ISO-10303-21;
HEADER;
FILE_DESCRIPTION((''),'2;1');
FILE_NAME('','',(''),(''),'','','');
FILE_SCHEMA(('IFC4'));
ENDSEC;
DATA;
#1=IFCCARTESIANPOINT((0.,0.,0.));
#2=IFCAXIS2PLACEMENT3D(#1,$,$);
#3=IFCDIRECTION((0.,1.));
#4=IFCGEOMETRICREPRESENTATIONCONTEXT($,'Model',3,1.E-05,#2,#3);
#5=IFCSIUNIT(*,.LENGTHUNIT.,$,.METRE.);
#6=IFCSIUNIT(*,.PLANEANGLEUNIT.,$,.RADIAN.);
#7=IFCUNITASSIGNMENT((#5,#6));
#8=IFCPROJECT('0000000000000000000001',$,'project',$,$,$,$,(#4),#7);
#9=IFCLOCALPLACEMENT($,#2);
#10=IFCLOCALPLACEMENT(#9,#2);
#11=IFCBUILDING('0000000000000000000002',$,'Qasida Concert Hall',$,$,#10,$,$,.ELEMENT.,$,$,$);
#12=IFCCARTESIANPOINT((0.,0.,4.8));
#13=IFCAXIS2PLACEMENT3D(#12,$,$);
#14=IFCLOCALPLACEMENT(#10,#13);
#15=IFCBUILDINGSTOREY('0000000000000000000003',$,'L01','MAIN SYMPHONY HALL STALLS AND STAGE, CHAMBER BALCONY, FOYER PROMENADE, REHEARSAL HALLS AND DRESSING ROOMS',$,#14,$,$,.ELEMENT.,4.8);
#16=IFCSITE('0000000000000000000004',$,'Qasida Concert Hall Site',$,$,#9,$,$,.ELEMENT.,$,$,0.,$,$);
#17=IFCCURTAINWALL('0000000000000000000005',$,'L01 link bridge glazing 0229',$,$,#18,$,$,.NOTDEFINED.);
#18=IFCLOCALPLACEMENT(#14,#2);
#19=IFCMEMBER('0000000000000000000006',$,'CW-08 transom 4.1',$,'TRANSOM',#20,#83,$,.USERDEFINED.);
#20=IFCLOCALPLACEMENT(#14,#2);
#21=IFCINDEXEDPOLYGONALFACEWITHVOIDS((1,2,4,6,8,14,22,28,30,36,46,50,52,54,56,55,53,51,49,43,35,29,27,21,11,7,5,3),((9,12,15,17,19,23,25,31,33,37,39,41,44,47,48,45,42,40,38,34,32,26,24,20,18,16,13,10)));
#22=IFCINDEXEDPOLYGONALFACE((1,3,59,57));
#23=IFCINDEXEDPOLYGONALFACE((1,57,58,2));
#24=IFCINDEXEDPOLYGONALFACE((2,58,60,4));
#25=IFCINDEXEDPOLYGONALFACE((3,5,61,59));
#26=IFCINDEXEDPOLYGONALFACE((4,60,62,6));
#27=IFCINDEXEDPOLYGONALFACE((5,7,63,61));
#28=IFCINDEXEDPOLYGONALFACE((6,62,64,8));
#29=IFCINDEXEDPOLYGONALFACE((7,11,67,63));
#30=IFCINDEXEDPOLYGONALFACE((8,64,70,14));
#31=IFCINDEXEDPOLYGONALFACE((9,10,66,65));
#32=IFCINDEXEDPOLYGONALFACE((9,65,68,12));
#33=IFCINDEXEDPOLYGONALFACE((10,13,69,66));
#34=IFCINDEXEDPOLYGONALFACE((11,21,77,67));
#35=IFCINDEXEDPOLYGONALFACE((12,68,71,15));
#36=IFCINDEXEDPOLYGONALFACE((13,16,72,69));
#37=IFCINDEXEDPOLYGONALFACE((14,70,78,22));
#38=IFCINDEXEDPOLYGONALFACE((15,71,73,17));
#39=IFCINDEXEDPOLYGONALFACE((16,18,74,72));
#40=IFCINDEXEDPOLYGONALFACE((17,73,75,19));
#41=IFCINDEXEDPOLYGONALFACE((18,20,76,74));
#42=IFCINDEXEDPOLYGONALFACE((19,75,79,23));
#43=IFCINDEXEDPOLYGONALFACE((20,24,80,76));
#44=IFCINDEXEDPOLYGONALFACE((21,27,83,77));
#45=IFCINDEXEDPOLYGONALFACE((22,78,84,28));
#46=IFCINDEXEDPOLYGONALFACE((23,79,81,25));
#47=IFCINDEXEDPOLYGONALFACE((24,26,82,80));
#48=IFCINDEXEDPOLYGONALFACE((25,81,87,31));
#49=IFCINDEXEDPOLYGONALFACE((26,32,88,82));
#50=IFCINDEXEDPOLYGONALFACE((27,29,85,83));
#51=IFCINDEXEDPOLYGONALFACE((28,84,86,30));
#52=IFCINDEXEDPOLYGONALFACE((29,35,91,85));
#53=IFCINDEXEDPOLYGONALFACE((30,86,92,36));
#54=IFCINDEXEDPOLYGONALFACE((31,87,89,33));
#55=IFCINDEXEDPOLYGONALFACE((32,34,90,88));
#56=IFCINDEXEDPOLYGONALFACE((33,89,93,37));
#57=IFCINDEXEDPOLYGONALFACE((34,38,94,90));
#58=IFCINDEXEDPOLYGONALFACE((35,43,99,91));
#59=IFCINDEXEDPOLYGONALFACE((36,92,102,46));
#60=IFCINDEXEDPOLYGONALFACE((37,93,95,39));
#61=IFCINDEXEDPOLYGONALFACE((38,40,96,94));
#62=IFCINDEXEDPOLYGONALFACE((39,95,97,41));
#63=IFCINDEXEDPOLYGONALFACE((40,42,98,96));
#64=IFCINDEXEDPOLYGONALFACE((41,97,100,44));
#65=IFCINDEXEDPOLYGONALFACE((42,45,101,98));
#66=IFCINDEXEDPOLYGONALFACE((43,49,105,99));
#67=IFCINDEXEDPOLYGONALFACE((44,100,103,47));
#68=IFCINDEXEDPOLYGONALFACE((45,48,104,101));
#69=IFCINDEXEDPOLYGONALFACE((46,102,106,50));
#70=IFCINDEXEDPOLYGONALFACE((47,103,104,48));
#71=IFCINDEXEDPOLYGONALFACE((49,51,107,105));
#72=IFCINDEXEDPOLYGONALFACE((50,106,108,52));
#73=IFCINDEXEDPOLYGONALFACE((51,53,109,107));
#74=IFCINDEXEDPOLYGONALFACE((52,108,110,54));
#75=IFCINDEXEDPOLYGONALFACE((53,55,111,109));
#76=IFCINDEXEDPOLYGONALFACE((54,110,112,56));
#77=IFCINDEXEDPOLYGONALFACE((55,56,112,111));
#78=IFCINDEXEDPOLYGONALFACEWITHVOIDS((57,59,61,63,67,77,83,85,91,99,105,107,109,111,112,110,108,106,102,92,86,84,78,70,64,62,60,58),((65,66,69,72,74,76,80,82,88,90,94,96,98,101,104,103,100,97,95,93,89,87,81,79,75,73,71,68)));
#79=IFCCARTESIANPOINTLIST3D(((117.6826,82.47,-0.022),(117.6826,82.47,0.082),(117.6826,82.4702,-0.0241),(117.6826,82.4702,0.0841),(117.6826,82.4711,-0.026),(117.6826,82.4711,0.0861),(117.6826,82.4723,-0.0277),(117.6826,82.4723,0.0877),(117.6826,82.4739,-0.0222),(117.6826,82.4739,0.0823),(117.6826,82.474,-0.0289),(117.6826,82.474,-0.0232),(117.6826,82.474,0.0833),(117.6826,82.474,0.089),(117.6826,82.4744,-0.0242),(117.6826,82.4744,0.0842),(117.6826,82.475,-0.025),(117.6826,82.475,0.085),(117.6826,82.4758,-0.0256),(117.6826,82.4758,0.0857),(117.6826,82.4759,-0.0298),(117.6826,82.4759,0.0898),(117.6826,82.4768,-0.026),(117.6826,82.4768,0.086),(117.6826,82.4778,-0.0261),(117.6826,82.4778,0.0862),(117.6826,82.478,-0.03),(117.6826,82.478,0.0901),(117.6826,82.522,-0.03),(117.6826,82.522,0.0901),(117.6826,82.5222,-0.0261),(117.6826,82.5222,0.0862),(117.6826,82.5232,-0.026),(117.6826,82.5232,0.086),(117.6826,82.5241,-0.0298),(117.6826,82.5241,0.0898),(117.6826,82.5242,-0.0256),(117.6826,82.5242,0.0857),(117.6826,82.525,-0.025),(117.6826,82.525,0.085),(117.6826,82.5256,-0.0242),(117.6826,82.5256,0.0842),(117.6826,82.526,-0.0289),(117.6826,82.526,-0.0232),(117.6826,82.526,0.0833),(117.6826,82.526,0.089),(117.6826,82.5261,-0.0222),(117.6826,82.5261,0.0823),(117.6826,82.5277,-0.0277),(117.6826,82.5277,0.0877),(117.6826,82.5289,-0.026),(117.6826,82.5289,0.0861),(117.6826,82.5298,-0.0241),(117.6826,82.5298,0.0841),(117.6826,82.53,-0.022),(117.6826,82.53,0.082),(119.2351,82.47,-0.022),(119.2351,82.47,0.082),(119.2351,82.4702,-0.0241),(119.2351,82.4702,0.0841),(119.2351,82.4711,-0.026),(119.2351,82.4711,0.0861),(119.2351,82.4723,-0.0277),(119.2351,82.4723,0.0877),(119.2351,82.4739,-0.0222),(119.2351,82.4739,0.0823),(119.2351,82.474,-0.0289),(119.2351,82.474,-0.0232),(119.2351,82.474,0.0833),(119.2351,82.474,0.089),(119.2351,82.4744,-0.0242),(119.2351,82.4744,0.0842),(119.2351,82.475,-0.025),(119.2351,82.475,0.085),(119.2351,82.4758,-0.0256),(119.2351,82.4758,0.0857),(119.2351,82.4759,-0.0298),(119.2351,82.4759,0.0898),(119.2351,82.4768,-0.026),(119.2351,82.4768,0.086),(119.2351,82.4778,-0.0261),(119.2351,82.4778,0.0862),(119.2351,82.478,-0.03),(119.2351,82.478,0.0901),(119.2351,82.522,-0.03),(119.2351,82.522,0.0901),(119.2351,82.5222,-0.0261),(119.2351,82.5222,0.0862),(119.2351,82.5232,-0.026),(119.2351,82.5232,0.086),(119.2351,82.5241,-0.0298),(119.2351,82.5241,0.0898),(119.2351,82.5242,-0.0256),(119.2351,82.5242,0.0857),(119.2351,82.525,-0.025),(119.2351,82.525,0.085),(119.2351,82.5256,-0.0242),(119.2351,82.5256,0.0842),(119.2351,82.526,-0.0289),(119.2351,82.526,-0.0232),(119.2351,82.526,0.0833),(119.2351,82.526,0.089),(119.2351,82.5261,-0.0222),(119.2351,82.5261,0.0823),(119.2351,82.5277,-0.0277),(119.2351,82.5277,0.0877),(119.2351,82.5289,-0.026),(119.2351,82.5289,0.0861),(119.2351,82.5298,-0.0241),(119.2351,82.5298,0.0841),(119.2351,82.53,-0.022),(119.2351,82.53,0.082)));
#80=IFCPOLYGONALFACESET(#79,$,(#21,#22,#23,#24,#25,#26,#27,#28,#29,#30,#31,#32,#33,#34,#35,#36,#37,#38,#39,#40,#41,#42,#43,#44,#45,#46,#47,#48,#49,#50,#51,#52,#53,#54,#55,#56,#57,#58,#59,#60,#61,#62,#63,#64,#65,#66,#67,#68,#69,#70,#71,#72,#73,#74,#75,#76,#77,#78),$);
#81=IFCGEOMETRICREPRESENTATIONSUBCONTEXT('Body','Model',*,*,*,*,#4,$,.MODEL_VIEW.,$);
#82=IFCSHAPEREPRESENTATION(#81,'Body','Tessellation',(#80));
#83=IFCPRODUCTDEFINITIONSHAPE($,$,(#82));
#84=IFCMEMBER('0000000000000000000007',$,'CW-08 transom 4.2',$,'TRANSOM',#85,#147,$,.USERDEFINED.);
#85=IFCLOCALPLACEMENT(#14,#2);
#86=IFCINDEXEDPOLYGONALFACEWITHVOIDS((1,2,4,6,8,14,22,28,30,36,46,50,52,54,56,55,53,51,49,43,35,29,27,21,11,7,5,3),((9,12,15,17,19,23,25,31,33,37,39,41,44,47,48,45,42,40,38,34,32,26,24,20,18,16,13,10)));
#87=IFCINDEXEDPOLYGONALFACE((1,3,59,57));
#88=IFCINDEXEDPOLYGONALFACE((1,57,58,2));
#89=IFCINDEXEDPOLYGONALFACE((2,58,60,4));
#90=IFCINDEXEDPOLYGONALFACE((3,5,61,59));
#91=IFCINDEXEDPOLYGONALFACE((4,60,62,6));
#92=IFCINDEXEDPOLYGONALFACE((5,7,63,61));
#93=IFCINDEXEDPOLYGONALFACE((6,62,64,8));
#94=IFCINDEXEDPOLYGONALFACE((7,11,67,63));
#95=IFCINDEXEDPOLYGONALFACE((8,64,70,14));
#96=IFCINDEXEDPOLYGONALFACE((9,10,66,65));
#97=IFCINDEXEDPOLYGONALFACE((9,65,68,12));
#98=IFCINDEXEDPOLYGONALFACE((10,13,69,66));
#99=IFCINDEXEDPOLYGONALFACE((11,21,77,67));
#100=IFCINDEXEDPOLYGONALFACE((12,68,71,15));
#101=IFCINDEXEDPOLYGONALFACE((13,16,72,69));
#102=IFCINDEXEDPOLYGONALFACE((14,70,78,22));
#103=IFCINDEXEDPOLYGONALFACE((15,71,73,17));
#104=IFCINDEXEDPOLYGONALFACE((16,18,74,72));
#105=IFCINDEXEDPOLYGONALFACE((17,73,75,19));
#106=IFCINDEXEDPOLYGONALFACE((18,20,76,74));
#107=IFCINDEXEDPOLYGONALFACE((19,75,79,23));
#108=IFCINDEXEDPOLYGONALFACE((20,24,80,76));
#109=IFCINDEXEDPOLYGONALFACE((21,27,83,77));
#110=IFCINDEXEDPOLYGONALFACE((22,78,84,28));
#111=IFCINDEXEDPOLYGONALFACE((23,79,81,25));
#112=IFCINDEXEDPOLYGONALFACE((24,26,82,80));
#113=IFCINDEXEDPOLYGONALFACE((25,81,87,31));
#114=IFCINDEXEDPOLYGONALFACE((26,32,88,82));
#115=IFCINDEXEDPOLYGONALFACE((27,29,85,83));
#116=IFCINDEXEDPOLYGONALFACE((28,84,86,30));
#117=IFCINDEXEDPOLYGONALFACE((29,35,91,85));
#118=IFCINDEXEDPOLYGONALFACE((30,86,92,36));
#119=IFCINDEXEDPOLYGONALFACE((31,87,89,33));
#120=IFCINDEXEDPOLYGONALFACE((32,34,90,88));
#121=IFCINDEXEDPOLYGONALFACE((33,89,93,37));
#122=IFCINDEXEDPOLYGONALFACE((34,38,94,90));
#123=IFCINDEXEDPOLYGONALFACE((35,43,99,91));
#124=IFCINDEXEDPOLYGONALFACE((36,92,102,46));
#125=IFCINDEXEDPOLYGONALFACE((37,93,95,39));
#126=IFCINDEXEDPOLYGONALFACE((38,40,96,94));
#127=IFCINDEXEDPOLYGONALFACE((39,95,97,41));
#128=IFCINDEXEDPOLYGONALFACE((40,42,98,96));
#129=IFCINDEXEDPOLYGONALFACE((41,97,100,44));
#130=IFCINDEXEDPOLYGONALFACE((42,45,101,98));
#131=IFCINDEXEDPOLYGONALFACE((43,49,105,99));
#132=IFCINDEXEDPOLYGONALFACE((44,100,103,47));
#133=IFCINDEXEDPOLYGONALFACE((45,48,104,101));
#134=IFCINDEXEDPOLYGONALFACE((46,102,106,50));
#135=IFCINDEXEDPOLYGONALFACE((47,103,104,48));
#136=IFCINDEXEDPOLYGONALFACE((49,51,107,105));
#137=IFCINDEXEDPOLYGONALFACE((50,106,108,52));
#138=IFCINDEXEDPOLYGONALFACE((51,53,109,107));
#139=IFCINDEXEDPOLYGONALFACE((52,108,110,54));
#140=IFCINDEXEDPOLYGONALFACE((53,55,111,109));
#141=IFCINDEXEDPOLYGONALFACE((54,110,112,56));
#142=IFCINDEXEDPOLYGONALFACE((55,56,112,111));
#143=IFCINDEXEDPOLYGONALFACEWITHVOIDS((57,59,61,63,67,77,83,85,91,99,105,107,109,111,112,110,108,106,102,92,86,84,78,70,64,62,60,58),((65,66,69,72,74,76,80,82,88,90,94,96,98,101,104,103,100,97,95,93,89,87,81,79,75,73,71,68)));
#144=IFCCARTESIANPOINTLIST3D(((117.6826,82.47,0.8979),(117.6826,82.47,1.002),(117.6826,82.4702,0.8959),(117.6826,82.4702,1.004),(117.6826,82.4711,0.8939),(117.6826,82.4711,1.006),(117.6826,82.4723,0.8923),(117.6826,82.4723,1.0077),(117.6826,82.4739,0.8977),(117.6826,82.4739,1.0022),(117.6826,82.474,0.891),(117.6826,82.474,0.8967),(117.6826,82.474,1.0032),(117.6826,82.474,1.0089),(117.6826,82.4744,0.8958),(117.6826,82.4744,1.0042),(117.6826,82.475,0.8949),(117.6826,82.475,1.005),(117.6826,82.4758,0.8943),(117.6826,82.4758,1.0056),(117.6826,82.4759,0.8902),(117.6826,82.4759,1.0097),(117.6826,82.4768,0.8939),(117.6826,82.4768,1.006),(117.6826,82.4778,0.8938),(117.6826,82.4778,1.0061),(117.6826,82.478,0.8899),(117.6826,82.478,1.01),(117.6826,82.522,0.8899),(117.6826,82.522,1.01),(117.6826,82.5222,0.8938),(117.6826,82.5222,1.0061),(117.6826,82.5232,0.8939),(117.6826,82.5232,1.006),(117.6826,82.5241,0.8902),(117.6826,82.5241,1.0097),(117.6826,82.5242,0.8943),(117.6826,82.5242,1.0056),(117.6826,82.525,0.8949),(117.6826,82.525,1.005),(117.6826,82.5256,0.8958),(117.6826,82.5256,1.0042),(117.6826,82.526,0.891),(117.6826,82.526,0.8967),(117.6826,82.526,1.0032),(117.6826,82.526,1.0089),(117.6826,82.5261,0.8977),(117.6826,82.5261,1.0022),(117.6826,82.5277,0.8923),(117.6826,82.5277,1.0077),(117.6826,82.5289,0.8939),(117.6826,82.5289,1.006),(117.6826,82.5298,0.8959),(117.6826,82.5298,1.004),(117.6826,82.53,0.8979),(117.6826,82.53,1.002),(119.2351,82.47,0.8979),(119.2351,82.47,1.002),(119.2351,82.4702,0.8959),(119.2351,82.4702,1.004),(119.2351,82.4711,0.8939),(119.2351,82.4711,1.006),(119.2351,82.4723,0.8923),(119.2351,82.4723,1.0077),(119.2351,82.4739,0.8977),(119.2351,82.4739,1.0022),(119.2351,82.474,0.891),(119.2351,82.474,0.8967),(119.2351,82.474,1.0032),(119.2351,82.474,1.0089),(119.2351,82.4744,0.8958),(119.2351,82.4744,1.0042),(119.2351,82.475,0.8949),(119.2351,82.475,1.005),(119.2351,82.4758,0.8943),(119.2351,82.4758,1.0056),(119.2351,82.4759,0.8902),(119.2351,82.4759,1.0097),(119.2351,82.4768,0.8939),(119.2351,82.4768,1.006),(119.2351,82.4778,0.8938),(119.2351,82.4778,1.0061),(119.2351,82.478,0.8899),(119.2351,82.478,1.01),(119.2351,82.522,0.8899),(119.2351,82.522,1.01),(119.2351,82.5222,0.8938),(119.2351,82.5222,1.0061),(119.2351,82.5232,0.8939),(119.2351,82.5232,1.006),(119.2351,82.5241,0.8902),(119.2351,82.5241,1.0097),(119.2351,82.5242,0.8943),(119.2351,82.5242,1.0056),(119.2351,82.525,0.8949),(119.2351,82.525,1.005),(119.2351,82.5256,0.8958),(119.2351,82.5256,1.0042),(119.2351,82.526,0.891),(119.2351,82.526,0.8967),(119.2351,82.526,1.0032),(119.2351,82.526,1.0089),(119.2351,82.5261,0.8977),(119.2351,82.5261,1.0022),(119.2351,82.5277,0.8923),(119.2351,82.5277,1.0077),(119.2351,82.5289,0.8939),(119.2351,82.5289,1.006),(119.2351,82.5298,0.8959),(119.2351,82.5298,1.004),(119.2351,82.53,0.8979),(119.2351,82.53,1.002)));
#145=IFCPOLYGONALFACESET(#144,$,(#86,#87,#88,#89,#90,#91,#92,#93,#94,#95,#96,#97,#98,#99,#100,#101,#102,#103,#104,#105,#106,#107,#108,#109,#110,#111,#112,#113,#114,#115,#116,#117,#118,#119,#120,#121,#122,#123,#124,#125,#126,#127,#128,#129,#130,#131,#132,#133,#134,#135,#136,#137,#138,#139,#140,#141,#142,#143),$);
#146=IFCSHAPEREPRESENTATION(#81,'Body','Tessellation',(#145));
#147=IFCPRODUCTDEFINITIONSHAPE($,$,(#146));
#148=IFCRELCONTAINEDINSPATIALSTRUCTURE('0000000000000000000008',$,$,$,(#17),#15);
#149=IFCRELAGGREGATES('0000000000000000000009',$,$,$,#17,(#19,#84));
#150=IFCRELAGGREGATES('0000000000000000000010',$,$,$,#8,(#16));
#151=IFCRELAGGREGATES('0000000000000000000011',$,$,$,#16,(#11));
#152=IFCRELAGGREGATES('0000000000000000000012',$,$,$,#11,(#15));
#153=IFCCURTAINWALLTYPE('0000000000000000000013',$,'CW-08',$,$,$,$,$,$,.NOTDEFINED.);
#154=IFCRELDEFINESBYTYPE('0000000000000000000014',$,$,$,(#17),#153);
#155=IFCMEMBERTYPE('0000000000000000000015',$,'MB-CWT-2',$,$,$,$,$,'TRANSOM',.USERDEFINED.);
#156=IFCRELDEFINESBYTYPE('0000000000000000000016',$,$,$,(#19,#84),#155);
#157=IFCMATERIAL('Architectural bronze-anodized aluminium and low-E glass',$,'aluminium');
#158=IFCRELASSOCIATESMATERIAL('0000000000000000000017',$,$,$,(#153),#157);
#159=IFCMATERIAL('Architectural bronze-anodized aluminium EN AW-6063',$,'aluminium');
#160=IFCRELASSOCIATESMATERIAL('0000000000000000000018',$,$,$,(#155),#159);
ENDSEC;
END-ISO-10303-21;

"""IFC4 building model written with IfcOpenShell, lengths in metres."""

from ifc_helpers import new_model, si_unit, direction, frame, origin, origin_2d, place, context, subcontext, project, spatial, hollow_rectangle, extrude, material, material_profile, profile_set, type_object, element, aggregate, save


model = new_model("IFC4")

# Units and contexts
model_context = context("Model", 3, precision=1e-05, world=origin(), true_north=direction((0.0, 1.0)))
body_context = subcontext(model_context, "Body", "Model", "MODEL_VIEW")
ifc_project = project(units=[si_unit("LENGTHUNIT", "METRE"), si_unit("PLANEANGLEUNIT", "RADIAN")], contexts=[model_context])

# Site, building, storey
site_placement = place(None, origin())
site = spatial("IfcSite", under=ifc_project, at=site_placement, Name="Qasida Concert Hall Site", CompositionType="ELEMENT", RefElevation=0.0)
building_placement = place(site_placement, origin())
building = spatial("IfcBuilding", under=site, at=building_placement, Name="Qasida Concert Hall", CompositionType="ELEMENT")
storey_placement = place(building_placement, frame((0.0, 0.0, 4.8)))
storey = spatial("IfcBuildingStorey", under=building, at=storey_placement, Name="L01", Description="MAIN SYMPHONY HALL STALLS AND STAGE, CHAMBER BALCONY, FOYER PROMENADE, REHEARSAL HALLS AND DRESSING ROOMS", CompositionType="ELEMENT", Elevation=4.8)

# Curtain wall
ifc_material_1 = material(Name="Architectural bronze-anodized aluminium and low-E glass", Category="aluminium")
curtain_wall_type_1 = type_object("IfcCurtainWallType", Name="CW-08", PredefinedType="NOTDEFINED", material=ifc_material_1)
curtain_wall_1_placement = place(storey_placement, origin())
curtain_wall_1 = element("IfcCurtainWall", 1, at=curtain_wall_1_placement, inside=storey, type_object=curtain_wall_type_1, Name="L01 link bridge glazing 0229", PredefinedType="NOTDEFINED")
ifc_material_2 = material(Name="Architectural bronze-anodized aluminium EN AW-6063", Category="aluminium")

# Members
ifc_material_profile_1 = material_profile(ifc_material_2, hollow_rectangle(XDim=0.0601, YDim=0.1201, WallThickness=0.0039, InnerFilletRadius=0.0039, OuterFilletRadius=0.0081, at=origin_2d()), Name="CWT 120x60x4")
ifc_profile_set_1 = profile_set([ifc_material_profile_1], Name="Architectural bronze-anodized aluminium EN AW-6063")
member_type_1 = type_object("IfcMemberType", Name="MB-CWT-2", ElementType="TRANSOM", PredefinedType="USERDEFINED", material=ifc_profile_set_1)
member_1_placement = place(storey_placement, frame((117.6826, 82.5, 0.03), z_axis=(1.0, 0.0, 0.0), x_axis=(0.0, 1.0, 0.0)))
member_1 = element("IfcMember", 2, at=member_1_placement, type_object=member_type_1, Name="CW-08 transom 4.1", ObjectType="TRANSOM", PredefinedType="USERDEFINED", context=body_context, shape_type="SweptSolid", body=[
    extrude(hollow_rectangle(XDim=0.0601, YDim=0.1201, WallThickness=0.0039, InnerFilletRadius=0.0039, OuterFilletRadius=0.0081, at=origin_2d()), origin(), (0.0, 0.0, 1.0), 1.5525),
])
member_2_placement = place(storey_placement, frame((117.6826, 82.5, 0.95), z_axis=(1.0, 0.0, 0.0), x_axis=(0.0, 1.0, 0.0)))
member_2 = element("IfcMember", 3, at=member_2_placement, type_object=member_type_1, Name="CW-08 transom 4.2", ObjectType="TRANSOM", PredefinedType="USERDEFINED", context=body_context, shape_type="SweptSolid", body=[
    extrude(hollow_rectangle(XDim=0.0601, YDim=0.1201, WallThickness=0.0039, InnerFilletRadius=0.0039, OuterFilletRadius=0.0081, at=origin_2d()), origin(), (0.0, 0.0, 1.0), 1.5525),
])

aggregate(curtain_wall_1, [member_1, member_2])

save(model, "model.ifc")
